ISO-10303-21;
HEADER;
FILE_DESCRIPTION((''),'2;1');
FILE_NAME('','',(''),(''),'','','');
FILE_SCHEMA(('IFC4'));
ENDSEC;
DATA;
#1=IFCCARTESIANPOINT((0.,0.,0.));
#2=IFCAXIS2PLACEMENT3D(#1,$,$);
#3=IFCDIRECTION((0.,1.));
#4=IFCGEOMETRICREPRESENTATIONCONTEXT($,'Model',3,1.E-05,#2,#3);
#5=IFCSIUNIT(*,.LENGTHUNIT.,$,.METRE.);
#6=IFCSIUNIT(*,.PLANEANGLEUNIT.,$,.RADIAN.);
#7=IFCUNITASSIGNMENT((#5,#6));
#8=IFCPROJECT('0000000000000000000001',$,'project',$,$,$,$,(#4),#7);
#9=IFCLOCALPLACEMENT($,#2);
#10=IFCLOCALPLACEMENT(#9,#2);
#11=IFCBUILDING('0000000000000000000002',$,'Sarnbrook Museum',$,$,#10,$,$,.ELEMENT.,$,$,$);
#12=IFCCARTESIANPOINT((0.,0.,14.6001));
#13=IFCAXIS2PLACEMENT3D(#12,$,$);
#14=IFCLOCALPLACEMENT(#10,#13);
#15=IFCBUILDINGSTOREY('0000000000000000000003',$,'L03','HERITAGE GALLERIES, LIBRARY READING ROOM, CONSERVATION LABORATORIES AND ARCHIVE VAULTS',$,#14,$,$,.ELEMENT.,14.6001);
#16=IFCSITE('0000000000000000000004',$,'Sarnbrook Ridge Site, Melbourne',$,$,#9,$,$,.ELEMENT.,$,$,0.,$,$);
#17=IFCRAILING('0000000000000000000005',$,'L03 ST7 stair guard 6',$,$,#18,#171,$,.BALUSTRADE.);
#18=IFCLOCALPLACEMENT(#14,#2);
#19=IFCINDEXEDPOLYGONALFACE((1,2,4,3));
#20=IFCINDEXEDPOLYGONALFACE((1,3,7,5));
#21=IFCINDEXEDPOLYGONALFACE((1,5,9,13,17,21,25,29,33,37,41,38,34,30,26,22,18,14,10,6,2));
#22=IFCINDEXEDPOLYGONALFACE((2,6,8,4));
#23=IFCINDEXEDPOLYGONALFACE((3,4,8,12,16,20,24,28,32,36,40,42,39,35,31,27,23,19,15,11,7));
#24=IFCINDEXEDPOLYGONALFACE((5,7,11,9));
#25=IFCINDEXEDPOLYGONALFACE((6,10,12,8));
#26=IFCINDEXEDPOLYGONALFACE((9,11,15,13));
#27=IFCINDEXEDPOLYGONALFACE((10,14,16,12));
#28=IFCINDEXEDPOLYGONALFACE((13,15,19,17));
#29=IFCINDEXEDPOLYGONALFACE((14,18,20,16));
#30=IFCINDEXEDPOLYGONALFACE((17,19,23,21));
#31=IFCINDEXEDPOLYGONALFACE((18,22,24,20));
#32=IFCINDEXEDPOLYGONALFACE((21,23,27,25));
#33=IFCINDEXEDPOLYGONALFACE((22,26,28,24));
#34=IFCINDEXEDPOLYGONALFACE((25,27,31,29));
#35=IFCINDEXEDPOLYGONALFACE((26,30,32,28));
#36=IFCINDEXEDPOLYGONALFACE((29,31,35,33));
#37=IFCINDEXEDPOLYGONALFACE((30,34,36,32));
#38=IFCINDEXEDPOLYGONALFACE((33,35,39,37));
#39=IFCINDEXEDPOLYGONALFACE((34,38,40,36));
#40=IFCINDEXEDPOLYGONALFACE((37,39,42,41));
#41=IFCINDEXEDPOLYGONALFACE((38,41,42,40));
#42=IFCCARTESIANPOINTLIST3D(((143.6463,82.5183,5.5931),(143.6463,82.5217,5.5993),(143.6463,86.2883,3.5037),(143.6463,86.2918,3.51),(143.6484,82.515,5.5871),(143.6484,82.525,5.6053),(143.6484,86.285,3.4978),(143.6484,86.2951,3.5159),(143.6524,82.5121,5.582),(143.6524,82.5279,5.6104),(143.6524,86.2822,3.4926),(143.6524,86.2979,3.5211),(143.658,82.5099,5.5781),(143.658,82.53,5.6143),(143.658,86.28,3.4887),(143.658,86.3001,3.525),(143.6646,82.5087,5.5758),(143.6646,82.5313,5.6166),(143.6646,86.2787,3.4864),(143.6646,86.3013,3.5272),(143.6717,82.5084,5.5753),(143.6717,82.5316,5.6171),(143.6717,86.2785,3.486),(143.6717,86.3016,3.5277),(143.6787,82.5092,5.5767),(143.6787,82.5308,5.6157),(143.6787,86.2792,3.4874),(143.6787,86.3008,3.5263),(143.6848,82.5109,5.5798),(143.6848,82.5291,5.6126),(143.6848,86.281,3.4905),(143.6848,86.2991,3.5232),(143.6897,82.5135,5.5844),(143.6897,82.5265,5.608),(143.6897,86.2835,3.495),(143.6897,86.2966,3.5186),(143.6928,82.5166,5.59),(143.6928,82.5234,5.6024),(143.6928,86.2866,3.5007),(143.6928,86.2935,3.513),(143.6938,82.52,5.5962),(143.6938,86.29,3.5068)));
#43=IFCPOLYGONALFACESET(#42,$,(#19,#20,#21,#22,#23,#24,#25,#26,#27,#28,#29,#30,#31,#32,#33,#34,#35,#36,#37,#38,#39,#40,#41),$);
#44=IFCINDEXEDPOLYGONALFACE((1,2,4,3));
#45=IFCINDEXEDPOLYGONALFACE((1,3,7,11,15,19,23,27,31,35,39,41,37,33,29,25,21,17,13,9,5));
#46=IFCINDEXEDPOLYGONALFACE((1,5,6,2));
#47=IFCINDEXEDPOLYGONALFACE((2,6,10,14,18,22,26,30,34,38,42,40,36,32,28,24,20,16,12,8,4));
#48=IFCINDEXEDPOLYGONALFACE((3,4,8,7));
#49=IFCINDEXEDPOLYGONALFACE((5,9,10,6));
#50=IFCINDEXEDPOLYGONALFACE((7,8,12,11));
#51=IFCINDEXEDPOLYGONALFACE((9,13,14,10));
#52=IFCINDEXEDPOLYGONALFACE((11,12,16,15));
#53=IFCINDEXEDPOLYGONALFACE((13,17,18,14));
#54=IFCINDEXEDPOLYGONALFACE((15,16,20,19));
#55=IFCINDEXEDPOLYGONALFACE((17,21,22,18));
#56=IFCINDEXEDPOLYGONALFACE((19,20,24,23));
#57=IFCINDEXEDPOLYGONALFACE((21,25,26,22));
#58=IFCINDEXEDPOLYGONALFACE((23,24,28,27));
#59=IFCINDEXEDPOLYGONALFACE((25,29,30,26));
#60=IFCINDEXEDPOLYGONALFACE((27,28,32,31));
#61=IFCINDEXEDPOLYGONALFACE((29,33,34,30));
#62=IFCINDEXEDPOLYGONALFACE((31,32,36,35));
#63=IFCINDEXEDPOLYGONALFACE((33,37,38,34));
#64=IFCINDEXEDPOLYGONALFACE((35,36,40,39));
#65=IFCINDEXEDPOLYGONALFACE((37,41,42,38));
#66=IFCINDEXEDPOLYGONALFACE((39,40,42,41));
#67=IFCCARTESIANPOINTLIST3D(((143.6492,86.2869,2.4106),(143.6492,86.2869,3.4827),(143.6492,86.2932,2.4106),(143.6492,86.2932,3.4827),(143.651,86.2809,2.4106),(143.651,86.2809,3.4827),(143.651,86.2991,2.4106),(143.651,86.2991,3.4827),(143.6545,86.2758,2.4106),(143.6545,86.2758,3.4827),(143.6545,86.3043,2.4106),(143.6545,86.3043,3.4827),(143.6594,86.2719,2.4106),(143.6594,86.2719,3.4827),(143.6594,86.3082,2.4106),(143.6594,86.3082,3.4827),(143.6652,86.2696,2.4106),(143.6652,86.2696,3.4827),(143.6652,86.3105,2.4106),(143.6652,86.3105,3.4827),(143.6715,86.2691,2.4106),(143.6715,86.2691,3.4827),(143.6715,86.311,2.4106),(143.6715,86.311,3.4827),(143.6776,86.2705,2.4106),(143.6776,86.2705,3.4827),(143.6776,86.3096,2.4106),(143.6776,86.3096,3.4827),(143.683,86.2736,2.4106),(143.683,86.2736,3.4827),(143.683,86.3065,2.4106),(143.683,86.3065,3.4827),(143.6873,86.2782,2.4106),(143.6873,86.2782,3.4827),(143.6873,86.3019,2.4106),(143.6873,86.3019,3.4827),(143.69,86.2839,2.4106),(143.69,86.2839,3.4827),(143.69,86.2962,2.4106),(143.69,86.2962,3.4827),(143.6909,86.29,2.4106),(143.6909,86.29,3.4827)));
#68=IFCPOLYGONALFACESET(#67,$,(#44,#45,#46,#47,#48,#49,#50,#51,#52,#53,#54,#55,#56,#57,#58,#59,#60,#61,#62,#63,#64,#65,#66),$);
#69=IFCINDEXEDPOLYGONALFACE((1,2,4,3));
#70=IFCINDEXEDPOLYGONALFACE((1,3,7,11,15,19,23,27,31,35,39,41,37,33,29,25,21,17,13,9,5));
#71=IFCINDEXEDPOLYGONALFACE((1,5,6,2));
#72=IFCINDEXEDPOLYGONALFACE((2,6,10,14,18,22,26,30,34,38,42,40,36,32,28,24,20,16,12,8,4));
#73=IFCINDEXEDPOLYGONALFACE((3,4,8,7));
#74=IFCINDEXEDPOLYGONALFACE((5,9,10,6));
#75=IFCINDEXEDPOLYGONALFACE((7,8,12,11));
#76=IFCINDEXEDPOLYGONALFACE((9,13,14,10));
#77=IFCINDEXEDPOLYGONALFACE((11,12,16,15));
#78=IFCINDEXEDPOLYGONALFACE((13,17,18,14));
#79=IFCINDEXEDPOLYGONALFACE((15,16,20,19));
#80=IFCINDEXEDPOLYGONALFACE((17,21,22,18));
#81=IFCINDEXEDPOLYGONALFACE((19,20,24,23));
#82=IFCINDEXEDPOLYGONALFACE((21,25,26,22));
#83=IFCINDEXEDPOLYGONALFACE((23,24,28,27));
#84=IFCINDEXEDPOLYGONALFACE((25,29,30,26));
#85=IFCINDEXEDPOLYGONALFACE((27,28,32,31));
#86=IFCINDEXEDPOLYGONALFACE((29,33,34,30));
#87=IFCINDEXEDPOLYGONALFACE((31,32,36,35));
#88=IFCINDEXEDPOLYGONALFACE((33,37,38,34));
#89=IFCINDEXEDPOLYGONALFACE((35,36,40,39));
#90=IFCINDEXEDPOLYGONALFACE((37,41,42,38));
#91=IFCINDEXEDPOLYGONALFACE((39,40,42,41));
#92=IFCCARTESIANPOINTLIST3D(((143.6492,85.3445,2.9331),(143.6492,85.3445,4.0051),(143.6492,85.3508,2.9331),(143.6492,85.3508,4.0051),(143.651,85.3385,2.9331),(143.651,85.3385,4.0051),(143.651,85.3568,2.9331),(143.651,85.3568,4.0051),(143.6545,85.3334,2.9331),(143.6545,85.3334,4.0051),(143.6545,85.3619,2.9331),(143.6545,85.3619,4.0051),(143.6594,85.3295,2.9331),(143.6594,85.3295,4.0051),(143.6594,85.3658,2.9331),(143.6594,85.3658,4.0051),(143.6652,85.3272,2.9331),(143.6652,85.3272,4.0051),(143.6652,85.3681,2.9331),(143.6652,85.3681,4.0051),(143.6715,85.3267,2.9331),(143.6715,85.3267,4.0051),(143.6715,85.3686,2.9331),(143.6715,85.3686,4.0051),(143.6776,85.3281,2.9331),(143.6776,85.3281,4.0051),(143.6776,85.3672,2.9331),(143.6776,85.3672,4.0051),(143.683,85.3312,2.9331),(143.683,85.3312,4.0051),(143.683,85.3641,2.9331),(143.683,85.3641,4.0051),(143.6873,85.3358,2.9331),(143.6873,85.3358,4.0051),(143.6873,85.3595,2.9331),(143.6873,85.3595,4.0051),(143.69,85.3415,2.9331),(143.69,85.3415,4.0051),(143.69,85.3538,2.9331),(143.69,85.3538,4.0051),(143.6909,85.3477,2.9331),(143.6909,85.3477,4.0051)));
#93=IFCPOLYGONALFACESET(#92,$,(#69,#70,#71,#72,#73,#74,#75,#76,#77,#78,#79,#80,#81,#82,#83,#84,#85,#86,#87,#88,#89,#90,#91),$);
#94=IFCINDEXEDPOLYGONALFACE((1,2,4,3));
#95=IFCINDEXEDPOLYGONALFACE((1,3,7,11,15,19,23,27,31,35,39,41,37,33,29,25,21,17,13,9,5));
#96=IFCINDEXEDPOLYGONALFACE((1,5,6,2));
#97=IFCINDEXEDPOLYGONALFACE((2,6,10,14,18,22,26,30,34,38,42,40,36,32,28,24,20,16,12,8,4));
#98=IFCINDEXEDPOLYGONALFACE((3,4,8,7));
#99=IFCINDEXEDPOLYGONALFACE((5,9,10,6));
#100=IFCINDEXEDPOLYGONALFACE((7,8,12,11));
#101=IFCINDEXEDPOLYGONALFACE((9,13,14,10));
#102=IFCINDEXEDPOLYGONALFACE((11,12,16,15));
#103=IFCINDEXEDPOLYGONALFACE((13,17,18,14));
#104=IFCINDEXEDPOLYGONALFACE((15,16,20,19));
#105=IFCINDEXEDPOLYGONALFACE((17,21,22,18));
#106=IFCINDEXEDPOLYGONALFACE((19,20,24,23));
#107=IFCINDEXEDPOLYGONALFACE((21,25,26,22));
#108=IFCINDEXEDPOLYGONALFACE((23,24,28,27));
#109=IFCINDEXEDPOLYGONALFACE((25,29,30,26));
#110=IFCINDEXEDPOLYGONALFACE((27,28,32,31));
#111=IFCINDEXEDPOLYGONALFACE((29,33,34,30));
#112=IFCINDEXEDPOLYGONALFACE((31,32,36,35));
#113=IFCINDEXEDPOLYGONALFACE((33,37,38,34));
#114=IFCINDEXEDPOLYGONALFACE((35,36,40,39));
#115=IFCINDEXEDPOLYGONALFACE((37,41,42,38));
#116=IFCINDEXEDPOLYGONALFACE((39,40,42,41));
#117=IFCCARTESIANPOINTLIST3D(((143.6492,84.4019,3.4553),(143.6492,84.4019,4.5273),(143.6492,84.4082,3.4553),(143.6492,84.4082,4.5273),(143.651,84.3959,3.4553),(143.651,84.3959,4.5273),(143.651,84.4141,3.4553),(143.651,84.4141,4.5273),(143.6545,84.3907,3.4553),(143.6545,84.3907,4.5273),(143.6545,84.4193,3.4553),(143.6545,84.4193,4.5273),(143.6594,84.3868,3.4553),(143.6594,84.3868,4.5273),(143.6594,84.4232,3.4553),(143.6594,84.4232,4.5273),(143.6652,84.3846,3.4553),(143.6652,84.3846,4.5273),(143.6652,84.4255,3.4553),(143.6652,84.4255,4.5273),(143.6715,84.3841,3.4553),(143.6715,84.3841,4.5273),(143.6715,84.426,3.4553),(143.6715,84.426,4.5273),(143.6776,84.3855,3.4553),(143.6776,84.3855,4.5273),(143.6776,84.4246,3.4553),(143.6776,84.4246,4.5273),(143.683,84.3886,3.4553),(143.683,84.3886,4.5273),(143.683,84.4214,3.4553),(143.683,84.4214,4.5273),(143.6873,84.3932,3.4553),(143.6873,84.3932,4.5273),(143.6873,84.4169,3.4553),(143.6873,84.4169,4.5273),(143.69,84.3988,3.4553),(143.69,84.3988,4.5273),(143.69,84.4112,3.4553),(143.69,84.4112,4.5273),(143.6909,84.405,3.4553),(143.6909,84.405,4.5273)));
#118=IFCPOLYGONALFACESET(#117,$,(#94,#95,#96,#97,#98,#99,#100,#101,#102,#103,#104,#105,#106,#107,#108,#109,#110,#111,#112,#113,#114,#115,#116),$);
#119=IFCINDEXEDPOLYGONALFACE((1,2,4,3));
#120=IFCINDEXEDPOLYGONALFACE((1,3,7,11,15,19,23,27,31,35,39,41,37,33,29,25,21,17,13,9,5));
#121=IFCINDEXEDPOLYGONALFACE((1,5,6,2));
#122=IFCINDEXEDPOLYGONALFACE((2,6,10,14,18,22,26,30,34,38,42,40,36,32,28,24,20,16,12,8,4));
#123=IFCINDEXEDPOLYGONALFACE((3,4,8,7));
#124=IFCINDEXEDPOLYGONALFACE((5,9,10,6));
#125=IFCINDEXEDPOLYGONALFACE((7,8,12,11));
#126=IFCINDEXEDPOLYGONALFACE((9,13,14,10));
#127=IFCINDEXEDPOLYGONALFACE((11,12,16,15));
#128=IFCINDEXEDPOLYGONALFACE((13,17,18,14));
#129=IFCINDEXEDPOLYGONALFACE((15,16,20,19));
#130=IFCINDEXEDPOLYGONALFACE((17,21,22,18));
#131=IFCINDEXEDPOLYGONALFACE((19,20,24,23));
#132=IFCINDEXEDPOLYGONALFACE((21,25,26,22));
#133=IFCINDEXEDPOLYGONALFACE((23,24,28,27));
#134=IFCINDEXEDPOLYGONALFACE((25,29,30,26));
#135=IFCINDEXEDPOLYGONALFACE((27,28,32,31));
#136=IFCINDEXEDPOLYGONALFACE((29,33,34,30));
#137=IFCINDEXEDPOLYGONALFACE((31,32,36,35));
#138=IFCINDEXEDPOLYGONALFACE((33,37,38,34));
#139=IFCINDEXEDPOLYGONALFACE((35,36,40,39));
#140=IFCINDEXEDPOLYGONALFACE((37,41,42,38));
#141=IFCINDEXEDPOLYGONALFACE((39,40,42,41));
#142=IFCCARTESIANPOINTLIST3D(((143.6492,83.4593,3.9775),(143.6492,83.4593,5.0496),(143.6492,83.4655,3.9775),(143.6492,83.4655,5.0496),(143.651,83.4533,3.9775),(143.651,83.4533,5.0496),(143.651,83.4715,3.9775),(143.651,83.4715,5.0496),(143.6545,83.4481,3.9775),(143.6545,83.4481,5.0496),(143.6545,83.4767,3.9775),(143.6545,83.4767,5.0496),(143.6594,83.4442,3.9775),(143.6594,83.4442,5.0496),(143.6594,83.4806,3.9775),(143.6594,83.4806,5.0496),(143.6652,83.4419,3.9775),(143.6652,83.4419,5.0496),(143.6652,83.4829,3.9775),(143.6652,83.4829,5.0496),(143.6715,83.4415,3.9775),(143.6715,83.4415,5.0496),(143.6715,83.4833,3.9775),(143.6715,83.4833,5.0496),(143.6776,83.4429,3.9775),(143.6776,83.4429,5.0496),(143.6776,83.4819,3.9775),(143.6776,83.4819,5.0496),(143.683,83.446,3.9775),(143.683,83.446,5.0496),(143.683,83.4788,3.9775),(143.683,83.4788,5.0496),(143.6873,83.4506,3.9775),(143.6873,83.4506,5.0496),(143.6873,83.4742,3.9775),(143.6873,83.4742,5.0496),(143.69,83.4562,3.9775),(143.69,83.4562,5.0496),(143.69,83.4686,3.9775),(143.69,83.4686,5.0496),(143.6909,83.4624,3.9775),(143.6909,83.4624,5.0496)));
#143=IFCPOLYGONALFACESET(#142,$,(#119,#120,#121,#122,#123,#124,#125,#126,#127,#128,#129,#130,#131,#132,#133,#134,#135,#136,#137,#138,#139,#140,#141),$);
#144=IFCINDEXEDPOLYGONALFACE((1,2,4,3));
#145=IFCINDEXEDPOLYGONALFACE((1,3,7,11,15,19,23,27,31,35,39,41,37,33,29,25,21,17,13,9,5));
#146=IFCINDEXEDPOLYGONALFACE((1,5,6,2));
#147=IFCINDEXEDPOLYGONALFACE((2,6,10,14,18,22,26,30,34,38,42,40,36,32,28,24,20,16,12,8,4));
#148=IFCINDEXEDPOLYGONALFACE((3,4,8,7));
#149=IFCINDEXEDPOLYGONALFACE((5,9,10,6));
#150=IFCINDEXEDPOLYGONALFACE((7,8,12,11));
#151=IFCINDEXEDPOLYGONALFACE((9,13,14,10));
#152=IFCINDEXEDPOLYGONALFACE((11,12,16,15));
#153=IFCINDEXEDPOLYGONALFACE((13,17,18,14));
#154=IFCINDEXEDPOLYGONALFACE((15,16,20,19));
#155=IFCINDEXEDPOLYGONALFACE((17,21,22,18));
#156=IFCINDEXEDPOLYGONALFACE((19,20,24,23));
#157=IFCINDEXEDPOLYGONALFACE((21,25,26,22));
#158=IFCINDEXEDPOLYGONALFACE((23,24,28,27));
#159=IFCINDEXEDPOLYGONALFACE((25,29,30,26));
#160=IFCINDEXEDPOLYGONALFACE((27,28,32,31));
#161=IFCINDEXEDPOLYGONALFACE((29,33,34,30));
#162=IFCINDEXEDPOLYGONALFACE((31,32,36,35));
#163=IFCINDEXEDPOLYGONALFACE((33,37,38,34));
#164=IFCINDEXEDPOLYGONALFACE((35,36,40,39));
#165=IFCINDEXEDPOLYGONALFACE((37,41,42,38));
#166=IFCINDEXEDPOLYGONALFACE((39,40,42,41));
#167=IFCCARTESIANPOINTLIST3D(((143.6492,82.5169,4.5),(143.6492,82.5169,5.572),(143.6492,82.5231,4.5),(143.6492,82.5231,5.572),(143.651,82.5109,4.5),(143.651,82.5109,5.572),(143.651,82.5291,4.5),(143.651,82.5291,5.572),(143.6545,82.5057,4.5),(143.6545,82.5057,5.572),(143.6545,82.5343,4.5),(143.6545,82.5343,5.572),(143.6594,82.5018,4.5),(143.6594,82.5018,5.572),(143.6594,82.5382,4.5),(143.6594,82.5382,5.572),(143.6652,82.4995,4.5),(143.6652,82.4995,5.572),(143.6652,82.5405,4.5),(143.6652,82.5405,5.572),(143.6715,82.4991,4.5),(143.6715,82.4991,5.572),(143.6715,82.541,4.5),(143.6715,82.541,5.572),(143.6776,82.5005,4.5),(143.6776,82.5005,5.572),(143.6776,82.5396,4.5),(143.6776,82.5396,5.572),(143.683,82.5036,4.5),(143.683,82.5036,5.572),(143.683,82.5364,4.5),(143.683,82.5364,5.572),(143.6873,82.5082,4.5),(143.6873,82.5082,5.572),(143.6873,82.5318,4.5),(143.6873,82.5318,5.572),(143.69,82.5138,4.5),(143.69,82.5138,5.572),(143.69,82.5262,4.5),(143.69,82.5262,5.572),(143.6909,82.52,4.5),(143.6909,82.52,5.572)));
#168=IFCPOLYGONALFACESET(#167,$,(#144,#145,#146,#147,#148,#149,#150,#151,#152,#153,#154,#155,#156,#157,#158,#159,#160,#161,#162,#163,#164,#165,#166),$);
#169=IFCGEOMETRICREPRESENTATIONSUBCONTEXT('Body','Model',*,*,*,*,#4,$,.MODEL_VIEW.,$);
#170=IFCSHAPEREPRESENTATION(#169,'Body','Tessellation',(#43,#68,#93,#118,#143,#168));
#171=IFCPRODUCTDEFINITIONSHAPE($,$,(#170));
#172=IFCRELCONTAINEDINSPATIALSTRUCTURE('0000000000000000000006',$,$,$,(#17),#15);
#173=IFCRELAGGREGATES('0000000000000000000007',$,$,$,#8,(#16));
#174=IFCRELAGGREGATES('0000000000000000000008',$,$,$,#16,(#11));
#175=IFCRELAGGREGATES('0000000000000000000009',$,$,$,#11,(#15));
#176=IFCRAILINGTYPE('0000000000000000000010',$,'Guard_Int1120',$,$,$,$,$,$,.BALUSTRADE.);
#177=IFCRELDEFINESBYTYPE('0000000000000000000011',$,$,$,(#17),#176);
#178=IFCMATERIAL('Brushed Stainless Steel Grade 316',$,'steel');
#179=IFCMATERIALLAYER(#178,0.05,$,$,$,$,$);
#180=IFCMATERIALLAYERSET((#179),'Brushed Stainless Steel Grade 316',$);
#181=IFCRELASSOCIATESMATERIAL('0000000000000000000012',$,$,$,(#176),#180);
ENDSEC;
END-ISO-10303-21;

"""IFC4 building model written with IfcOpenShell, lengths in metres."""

from ifc_helpers import new_model, si_unit, direction, frame, origin, origin_2d, place, context, subcontext, project, spatial, circle, extrude, material, layer, layer_set, type_object, element, save


model = new_model("IFC4")

# Units and contexts
model_context = context("Model", 3, precision=1e-05, world=origin(), true_north=direction((0.0, 1.0)))
body_context = subcontext(model_context, "Body", "Model", "MODEL_VIEW")
ifc_project = project(units=[si_unit("LENGTHUNIT", "METRE"), si_unit("PLANEANGLEUNIT", "RADIAN")], contexts=[model_context])

# Site, building, storey
site_placement = place(None, origin())
site = spatial("IfcSite", under=ifc_project, at=site_placement, Name="Sarnbrook Ridge Site, Melbourne", CompositionType="ELEMENT", RefElevation=0.0)
building_placement = place(site_placement, origin())
building = spatial("IfcBuilding", under=site, at=building_placement, Name="Sarnbrook Museum", CompositionType="ELEMENT")
storey_placement = place(building_placement, frame((0.0, 0.0, 14.6001)))
storey = spatial("IfcBuildingStorey", under=building, at=storey_placement, Name="L03", Description="HERITAGE GALLERIES, LIBRARY READING ROOM, CONSERVATION LABORATORIES AND ARCHIVE VAULTS", CompositionType="ELEMENT", Elevation=14.6001)

# Railing
ifc_material_1 = material(Name="Brushed Stainless Steel Grade 316", Category="steel")
ifc_layer_1 = layer(ifc_material_1, 0.05)
ifc_layer_set_1 = layer_set([ifc_layer_1], Name="Brushed Stainless Steel Grade 316")
railing_type_1 = type_object("IfcRailingType", Name="Guard_Int1120", PredefinedType="BALUSTRADE", material=ifc_layer_set_1)
railing_1_placement = place(storey_placement, frame((143.6699, 86.29, 2.4106)))
element("IfcRailing", 1, at=railing_1_placement, inside=storey, type_object=railing_type_1, Name="L03 ST7 stair guard 6", PredefinedType="BALUSTRADE", context=body_context, shape_type="SweptSolid", body=[
    extrude(circle(Radius=0.0239, at=origin_2d()), frame((0.0, 0.0, 1.0962), z_axis=(0.0, -0.874659, 0.484739), x_axis=(1.0, 0.0, 0.0)), (0.0, 0.0, 1.0), 4.3103),
    extrude(circle(Radius=0.021, at=origin_2d()), origin(), (0.0, 0.0, 1.0), 1.072),
    extrude(circle(Radius=0.021, at=origin_2d()), frame((0.0, -0.9424, 0.5225)), (0.0, 0.0, 1.0), 1.072),
    extrude(circle(Radius=0.021, at=origin_2d()), frame((0.0, -1.885, 1.0447)), (0.0, 0.0, 1.0), 1.072),
    extrude(circle(Radius=0.021, at=origin_2d()), frame((0.0, -2.8276, 1.5669)), (0.0, 0.0, 1.0), 1.072),
    extrude(circle(Radius=0.021, at=origin_2d()), frame((0.0, -3.77, 2.0894)), (0.0, 0.0, 1.0), 1.072),
])

save(model, "model.ifc")
